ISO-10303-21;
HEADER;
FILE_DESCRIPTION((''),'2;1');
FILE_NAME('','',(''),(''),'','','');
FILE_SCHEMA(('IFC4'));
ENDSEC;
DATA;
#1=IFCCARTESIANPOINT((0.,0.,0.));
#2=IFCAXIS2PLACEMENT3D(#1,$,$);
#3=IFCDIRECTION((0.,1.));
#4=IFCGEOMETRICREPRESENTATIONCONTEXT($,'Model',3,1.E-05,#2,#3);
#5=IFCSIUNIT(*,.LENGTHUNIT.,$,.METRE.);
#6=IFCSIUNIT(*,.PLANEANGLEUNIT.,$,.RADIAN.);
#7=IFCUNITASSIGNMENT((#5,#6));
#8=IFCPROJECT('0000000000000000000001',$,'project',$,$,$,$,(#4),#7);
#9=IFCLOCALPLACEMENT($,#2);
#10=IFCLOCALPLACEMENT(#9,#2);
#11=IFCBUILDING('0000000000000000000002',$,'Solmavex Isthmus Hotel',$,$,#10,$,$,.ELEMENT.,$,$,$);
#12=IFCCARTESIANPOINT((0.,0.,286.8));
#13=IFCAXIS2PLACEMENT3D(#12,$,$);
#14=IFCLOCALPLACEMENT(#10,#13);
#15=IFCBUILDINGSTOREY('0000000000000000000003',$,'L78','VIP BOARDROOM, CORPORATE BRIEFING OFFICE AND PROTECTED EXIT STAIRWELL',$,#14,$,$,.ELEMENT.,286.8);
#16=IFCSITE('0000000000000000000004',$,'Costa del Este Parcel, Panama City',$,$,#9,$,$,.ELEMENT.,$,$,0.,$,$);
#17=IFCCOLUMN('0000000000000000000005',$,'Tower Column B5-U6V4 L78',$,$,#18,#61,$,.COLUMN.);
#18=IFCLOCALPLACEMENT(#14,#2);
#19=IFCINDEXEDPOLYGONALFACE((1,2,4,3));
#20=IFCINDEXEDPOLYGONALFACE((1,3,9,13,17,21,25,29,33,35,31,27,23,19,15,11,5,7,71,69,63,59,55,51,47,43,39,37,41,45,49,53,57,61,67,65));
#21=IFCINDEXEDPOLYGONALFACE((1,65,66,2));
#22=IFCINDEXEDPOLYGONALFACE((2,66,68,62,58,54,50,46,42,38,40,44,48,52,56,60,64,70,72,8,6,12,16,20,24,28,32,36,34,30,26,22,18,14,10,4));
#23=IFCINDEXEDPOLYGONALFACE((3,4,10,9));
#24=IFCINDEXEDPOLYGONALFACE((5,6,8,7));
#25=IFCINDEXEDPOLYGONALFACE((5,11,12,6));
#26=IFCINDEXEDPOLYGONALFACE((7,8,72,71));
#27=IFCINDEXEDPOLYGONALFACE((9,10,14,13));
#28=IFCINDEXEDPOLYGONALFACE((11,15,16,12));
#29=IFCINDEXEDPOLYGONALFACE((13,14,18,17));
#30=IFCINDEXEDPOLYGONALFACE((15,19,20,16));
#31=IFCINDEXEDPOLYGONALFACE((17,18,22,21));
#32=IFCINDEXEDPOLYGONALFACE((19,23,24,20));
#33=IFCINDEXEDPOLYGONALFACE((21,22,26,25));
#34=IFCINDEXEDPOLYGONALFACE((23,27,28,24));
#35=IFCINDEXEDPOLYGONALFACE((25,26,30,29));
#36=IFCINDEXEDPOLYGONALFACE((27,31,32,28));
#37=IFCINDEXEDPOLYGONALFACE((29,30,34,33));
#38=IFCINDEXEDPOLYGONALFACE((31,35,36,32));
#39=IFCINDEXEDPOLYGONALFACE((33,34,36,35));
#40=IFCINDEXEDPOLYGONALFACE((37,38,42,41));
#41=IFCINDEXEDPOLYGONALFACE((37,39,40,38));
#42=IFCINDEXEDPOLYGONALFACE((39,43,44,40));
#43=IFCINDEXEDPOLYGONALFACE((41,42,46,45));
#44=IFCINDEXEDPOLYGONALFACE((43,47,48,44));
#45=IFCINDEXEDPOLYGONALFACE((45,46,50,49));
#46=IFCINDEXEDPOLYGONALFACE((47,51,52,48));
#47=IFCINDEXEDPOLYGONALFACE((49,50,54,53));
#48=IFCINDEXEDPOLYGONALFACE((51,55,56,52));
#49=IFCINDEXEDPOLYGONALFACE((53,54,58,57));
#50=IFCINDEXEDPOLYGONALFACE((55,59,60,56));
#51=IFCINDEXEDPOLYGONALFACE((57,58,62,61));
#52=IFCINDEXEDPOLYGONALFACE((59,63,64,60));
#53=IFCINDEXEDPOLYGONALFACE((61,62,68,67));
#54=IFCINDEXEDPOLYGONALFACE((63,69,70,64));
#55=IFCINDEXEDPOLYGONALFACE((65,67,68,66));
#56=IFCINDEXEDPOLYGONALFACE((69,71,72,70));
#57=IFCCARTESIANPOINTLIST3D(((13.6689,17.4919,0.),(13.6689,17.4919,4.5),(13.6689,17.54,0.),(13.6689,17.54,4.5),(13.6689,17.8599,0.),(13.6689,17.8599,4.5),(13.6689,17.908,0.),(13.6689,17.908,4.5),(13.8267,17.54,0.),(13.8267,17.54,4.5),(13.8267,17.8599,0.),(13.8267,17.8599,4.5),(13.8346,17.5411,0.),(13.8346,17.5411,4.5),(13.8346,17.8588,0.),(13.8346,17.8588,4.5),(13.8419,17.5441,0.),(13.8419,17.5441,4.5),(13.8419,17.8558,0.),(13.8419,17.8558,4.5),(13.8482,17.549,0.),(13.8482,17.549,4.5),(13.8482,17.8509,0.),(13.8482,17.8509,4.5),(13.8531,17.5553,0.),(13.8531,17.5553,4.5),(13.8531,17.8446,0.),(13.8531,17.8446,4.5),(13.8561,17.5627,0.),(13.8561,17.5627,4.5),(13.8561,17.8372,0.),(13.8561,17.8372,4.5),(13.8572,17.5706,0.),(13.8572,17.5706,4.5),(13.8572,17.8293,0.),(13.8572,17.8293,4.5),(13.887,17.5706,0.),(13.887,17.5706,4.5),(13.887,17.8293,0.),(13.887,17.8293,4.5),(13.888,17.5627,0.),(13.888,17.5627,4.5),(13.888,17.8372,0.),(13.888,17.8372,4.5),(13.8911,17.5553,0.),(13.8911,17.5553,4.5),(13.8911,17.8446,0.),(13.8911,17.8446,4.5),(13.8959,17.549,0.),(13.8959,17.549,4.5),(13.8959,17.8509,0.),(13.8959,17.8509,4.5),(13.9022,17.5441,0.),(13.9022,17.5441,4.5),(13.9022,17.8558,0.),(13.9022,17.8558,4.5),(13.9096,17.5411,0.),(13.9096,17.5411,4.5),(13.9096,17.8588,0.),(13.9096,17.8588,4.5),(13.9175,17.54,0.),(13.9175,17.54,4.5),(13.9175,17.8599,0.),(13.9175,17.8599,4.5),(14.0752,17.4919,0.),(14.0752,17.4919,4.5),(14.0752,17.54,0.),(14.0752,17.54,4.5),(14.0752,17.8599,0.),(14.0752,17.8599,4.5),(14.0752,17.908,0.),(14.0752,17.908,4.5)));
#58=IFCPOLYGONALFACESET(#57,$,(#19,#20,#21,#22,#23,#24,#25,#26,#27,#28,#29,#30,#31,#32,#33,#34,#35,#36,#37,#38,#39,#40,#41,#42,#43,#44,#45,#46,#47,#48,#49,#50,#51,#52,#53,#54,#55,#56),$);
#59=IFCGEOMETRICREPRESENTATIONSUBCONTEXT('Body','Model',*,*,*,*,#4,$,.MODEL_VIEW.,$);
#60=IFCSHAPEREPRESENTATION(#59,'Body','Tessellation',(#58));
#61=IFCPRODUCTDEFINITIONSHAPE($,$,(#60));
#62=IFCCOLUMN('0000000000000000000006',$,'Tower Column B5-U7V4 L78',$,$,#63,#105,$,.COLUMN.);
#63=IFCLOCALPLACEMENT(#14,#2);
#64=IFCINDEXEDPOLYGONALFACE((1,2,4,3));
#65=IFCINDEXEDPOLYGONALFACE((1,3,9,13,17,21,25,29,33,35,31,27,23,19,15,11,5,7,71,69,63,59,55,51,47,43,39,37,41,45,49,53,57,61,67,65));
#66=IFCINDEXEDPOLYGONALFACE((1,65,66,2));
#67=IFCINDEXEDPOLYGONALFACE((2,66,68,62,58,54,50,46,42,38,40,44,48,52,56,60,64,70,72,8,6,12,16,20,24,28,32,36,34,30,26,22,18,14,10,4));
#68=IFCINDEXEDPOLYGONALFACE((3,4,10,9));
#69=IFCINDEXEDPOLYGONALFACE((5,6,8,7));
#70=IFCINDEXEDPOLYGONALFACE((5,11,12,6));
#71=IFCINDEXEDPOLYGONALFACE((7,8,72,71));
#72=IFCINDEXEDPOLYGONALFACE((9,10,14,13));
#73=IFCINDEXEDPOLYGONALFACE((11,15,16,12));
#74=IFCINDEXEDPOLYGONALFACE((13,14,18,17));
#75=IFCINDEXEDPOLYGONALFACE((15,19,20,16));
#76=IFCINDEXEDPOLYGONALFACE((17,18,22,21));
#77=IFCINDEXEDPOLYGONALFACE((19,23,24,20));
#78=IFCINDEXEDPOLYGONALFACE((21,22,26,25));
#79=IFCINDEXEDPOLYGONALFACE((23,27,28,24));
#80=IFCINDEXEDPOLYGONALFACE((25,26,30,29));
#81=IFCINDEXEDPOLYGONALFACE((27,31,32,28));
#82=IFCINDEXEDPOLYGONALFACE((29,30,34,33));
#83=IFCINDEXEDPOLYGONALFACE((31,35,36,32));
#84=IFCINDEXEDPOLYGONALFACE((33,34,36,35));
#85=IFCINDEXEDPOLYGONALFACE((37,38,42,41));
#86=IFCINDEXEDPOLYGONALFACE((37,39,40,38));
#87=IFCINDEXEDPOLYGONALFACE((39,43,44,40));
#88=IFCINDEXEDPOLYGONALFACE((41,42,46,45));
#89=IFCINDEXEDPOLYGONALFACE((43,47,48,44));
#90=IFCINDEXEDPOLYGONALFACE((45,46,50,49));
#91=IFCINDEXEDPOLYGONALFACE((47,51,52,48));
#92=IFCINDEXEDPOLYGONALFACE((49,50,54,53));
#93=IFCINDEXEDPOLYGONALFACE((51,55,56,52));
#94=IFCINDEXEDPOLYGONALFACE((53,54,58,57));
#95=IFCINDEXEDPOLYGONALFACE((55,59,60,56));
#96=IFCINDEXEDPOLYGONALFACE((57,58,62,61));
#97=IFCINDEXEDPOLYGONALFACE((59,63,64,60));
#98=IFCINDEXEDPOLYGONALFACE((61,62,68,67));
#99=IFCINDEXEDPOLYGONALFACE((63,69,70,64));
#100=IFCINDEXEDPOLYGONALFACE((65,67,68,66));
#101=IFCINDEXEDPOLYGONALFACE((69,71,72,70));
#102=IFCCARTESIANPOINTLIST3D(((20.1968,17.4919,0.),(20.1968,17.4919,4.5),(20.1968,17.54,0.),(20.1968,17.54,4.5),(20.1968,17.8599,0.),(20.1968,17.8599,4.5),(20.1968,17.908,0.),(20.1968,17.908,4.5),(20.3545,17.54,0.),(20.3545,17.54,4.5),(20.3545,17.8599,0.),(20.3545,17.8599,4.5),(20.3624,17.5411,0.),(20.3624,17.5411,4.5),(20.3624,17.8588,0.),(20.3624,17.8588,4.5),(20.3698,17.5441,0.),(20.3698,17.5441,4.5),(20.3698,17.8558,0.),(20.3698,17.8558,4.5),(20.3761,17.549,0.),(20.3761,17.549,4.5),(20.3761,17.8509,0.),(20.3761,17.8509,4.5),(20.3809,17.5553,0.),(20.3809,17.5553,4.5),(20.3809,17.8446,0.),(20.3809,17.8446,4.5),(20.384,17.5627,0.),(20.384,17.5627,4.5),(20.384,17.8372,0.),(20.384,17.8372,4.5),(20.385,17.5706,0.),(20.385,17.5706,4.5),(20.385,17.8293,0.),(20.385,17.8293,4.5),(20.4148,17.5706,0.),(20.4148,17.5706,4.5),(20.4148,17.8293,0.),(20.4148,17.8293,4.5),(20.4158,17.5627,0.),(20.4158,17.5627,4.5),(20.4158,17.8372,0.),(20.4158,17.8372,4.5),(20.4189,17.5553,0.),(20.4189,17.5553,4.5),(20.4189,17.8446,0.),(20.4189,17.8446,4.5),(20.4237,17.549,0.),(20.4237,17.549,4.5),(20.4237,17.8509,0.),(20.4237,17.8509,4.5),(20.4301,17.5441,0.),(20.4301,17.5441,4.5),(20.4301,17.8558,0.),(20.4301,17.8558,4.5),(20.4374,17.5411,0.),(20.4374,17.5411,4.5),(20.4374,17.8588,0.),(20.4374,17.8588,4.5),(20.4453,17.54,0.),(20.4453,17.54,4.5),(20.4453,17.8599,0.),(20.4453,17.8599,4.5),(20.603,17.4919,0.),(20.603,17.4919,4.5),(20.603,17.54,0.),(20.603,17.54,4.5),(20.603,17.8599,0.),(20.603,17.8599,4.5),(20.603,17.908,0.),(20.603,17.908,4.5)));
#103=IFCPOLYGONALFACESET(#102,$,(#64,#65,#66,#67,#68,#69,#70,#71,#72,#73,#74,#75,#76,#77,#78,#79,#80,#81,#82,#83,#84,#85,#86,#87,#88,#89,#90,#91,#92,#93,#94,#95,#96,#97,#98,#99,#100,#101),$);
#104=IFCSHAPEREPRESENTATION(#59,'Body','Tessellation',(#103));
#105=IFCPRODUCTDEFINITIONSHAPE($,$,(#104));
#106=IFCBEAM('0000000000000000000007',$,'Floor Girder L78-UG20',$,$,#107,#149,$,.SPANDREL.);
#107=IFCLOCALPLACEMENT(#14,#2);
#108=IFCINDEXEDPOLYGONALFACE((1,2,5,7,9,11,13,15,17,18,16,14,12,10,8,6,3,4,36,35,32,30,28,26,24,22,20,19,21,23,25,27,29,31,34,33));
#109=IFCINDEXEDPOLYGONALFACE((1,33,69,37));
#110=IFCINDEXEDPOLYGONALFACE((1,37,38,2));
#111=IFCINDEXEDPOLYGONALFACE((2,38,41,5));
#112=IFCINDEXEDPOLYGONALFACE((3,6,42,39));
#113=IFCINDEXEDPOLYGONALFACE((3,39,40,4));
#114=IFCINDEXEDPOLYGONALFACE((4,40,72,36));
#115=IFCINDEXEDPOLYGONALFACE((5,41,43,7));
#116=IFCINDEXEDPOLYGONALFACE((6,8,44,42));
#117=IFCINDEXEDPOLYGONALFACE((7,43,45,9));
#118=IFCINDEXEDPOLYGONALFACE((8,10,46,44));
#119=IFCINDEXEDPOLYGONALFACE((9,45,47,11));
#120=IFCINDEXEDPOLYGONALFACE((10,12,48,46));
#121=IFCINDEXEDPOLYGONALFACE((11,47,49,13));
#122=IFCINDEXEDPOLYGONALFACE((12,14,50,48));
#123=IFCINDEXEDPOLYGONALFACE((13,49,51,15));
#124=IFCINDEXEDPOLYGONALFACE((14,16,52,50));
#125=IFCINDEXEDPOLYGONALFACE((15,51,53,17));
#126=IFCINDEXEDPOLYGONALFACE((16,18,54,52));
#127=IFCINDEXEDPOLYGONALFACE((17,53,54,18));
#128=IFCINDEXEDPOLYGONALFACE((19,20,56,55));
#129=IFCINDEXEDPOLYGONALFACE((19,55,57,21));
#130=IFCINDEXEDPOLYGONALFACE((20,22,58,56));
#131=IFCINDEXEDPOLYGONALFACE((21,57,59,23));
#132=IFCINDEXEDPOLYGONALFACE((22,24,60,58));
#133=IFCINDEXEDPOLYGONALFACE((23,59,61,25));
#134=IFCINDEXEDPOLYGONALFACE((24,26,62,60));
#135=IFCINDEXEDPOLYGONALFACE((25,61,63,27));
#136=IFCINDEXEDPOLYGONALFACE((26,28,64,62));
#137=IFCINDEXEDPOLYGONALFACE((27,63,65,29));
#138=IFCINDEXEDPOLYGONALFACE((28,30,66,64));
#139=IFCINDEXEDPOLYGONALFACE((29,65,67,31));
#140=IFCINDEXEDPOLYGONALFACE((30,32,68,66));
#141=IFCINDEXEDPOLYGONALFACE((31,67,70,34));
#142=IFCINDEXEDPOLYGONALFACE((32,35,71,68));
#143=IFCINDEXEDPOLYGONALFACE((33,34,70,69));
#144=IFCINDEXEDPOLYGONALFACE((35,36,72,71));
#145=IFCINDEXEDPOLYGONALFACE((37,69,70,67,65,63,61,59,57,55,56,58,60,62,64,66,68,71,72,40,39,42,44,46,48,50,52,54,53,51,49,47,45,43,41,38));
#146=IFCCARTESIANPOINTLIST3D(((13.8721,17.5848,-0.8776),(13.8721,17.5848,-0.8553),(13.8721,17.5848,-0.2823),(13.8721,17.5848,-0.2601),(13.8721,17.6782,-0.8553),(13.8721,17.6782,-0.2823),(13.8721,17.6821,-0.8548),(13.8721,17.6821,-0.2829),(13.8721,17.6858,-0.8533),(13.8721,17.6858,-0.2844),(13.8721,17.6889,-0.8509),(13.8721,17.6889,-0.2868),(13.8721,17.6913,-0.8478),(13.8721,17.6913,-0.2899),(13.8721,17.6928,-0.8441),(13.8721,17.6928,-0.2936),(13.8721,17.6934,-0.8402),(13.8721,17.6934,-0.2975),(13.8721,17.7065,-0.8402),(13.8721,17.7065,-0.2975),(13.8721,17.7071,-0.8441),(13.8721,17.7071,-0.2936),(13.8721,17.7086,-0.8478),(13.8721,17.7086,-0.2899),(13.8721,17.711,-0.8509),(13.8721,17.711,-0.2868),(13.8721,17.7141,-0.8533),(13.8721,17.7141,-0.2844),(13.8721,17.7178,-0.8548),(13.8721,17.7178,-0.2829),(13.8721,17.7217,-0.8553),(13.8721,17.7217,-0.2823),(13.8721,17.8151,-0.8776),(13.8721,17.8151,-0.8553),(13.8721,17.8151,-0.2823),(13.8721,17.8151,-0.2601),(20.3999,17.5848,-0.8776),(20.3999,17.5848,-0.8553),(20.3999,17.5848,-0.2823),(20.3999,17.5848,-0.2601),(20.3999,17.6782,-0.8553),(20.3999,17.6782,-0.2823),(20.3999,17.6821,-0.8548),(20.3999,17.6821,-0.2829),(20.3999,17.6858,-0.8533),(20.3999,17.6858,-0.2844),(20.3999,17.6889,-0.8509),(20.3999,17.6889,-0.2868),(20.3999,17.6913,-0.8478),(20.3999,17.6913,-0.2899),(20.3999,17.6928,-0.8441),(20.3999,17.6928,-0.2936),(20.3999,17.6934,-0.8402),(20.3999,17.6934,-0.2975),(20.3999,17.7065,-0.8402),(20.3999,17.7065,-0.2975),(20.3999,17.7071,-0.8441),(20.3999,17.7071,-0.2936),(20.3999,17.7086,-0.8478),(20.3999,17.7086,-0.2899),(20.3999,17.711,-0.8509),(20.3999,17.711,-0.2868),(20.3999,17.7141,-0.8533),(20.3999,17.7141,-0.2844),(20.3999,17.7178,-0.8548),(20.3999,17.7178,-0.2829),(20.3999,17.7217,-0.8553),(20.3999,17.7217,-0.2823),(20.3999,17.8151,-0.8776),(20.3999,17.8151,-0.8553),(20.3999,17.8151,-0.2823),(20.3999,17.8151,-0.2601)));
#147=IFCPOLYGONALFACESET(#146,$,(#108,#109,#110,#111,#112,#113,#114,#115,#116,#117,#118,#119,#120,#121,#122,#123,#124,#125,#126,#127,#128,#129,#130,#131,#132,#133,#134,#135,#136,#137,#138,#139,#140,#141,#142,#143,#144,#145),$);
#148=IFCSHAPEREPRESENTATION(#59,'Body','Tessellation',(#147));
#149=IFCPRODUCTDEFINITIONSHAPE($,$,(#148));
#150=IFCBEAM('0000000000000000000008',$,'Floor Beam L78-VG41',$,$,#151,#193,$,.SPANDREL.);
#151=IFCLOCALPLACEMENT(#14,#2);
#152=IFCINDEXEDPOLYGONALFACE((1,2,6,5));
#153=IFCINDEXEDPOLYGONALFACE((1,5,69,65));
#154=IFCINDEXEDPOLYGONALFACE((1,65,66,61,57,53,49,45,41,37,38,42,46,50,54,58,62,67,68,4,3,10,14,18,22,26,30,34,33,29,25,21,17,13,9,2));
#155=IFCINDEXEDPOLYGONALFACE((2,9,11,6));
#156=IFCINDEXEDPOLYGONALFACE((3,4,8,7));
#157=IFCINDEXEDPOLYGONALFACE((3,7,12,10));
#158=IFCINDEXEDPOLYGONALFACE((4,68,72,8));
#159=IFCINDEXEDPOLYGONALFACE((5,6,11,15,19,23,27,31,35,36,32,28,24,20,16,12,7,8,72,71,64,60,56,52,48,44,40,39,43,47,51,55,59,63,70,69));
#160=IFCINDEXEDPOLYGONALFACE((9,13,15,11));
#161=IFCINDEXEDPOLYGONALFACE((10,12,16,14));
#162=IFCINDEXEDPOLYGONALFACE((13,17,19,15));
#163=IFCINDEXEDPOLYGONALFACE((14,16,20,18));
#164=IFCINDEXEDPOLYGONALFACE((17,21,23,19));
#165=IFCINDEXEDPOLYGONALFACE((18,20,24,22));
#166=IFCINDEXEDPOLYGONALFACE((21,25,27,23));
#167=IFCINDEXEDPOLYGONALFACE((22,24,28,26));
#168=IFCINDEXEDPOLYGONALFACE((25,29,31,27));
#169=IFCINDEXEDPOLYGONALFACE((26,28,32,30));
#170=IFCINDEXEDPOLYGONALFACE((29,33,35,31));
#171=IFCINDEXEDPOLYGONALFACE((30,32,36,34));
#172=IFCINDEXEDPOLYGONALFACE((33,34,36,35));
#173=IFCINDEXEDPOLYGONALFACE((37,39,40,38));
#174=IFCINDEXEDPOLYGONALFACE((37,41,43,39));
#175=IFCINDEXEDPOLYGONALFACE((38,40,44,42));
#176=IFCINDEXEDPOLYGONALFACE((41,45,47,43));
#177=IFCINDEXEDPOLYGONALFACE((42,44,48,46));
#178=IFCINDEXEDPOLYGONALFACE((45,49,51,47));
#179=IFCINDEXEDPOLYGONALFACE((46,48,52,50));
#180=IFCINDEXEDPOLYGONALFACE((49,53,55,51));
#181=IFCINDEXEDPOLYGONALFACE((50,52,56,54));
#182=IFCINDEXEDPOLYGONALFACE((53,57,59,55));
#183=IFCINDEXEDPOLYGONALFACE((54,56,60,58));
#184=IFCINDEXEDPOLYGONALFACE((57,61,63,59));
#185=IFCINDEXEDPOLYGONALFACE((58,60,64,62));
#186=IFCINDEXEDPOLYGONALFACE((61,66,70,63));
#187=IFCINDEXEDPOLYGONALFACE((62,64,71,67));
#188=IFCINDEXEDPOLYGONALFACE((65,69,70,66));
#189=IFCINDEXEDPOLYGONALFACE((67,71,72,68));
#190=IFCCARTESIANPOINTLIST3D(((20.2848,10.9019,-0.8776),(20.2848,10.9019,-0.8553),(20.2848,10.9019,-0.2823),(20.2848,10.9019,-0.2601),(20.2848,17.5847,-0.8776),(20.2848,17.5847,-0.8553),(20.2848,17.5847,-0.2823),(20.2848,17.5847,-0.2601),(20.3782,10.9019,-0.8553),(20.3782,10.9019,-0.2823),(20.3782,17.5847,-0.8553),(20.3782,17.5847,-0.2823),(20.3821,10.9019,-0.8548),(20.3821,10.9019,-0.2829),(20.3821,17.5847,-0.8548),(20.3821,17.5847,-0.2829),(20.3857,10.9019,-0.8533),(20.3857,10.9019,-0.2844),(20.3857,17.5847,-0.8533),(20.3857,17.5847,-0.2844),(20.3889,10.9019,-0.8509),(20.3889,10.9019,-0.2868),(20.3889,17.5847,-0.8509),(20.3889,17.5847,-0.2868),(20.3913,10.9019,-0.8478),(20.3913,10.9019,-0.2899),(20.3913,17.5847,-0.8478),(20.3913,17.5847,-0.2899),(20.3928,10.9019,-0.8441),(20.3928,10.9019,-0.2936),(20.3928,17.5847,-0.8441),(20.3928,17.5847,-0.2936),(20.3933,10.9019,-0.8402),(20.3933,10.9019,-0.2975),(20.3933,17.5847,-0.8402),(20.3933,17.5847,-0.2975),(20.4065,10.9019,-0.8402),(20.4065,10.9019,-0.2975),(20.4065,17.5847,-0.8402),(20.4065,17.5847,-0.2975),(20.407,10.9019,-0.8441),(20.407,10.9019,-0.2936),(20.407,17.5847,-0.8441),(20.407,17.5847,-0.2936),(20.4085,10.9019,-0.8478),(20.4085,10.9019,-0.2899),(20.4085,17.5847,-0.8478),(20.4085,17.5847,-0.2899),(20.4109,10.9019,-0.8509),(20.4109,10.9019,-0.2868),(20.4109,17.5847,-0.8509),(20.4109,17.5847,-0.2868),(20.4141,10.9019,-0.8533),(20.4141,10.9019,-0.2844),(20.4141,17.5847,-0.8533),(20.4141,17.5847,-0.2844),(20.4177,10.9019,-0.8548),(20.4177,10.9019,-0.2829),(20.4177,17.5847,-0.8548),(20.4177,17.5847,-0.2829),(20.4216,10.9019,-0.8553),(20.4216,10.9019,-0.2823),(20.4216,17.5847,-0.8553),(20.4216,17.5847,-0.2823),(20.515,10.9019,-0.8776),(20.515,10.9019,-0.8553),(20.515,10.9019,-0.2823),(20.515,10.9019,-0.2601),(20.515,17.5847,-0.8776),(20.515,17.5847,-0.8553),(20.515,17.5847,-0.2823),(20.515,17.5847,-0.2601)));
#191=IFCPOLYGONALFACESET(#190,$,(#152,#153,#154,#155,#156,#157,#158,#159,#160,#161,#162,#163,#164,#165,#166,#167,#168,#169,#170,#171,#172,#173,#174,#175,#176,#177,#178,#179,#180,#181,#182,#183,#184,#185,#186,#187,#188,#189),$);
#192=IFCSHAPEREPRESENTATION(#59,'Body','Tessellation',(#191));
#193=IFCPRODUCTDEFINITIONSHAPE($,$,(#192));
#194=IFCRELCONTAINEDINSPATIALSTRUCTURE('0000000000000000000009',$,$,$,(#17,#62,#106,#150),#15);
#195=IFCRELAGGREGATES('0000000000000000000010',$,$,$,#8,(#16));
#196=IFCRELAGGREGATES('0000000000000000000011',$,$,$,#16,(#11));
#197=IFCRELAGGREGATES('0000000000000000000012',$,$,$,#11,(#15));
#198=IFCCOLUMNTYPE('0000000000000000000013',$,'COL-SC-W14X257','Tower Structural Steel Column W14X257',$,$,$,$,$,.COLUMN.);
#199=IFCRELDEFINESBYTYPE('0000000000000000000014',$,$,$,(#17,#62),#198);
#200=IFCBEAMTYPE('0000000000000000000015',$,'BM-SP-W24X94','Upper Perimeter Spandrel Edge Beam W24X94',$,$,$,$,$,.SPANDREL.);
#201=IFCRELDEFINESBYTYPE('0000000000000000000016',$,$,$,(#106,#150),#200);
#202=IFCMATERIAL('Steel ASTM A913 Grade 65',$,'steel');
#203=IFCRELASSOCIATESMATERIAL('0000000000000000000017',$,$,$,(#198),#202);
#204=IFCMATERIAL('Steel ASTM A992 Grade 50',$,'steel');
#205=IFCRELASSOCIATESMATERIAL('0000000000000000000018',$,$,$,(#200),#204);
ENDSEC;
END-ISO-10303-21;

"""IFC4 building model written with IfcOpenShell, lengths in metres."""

from ifc_helpers import new_model, si_unit, direction, frame, origin, origin_2d, place, context, subcontext, project, spatial, i_section, extrude, material, material_profile, profile_set, type_object, element, save


model = new_model("IFC4")

# Units and contexts
model_context = context("Model", 3, precision=1e-05, world=origin(), true_north=direction((0.0, 1.0)))
body_context = subcontext(model_context, "Body", "Model", "MODEL_VIEW")
ifc_project = project(units=[si_unit("LENGTHUNIT", "METRE"), si_unit("PLANEANGLEUNIT", "RADIAN")], contexts=[model_context])

# Site, building, storey
site_placement = place(None, origin())
site = spatial("IfcSite", under=ifc_project, at=site_placement, Name="Costa del Este Parcel, Panama City", CompositionType="ELEMENT", RefElevation=0.0)
building_placement = place(site_placement, origin())
building = spatial("IfcBuilding", under=site, at=building_placement, Name="Solmavex Isthmus Hotel", CompositionType="ELEMENT")
storey_placement = place(building_placement, frame((0.0, 0.0, 286.8)))
storey = spatial("IfcBuildingStorey", under=building, at=storey_placement, Name="L78", Description="VIP BOARDROOM, CORPORATE BRIEFING OFFICE AND PROTECTED EXIT STAIRWELL", CompositionType="ELEMENT", Elevation=286.8)

# Columns
ifc_material_1 = material(Name="Steel ASTM A913 Grade 65", Category="steel")
ifc_material_profile_1 = material_profile(ifc_material_1, i_section(OverallWidth=0.4062, OverallDepth=0.416, WebThickness=0.0298, FlangeThickness=0.0481, FilletRadius=0.0305, at=origin_2d()), Name="W14X257")
ifc_profile_set_1 = profile_set([ifc_material_profile_1], Name="Steel ASTM A913 Grade 65")
column_type = type_object("IfcColumnType", Name="COL-SC-W14X257", Description="Tower Structural Steel Column W14X257", PredefinedType="COLUMN", material=ifc_profile_set_1)
for number, where, z_axis, x_axis, name in (
    (1, (13.8721, 17.7, 0.0), (0.0, 0.0, 1.0), (1.0, 0.0, 0.0), "Tower Column B5-U6V4 L78"),
    (2, (20.3999, 17.7, 0.0), (0.0, 0.0, 1.0), (1.0, 0.0, 0.0), "Tower Column B5-U7V4 L78"),
):
    element("IfcColumn", number, at=place(storey_placement, frame(where, z_axis=z_axis, x_axis=x_axis)), inside=storey, type_object=column_type, Name=name, PredefinedType="COLUMN", context=body_context, shape_type="SweptSolid", body=[
        extrude(i_section(OverallWidth=0.4062, OverallDepth=0.416, WebThickness=0.0298, FlangeThickness=0.0481, FilletRadius=0.0305, at=origin_2d()), origin(), (0.0, 0.0, 1.0), 4.5),
    ])

# Beams
ifc_material_2 = material(Name="Steel ASTM A992 Grade 50", Category="steel")
ifc_material_profile_2 = material_profile(ifc_material_2, i_section(OverallWidth=0.2302, OverallDepth=0.6174, WebThickness=0.0132, FlangeThickness=0.0222, FilletRadius=0.0151, at=origin_2d()), Name="W24X94")
ifc_profile_set_2 = profile_set([ifc_material_profile_2], Name="Steel ASTM A992 Grade 50")
beam_type = type_object("IfcBeamType", Name="BM-SP-W24X94", Description="Upper Perimeter Spandrel Edge Beam W24X94", PredefinedType="SPANDREL", material=ifc_profile_set_2)
beam_1_placement = place(storey_placement, frame((13.8721, 17.7, -0.5688), z_axis=(1.0, 0.0, 0.0), x_axis=(0.0, 1.0, 0.0)))
element("IfcBeam", 3, at=beam_1_placement, inside=storey, type_object=beam_type, Name="Floor Girder L78-UG20", PredefinedType="SPANDREL", context=body_context, shape_type="SweptSolid", body=[
    extrude(i_section(OverallWidth=0.2302, OverallDepth=0.6174, WebThickness=0.0132, FlangeThickness=0.0222, FilletRadius=0.0151, at=origin_2d()), origin(), (0.0, 0.0, 1.0), 6.5278),
])
beam_2_placement = place(storey_placement, frame((20.3999, 10.9019, -0.5688), z_axis=(0.0, 1.0, 0.0), x_axis=(-1.0, 0.0, 0.0)))
element("IfcBeam", 4, at=beam_2_placement, inside=storey, type_object=beam_type, Name="Floor Beam L78-VG41", PredefinedType="SPANDREL", context=body_context, shape_type="SweptSolid", body=[
    extrude(i_section(OverallWidth=0.2302, OverallDepth=0.6174, WebThickness=0.0132, FlangeThickness=0.0222, FilletRadius=0.0151, at=origin_2d()), origin(), (0.0, 0.0, 1.0), 6.6829),
])

save(model, "model.ifc")
